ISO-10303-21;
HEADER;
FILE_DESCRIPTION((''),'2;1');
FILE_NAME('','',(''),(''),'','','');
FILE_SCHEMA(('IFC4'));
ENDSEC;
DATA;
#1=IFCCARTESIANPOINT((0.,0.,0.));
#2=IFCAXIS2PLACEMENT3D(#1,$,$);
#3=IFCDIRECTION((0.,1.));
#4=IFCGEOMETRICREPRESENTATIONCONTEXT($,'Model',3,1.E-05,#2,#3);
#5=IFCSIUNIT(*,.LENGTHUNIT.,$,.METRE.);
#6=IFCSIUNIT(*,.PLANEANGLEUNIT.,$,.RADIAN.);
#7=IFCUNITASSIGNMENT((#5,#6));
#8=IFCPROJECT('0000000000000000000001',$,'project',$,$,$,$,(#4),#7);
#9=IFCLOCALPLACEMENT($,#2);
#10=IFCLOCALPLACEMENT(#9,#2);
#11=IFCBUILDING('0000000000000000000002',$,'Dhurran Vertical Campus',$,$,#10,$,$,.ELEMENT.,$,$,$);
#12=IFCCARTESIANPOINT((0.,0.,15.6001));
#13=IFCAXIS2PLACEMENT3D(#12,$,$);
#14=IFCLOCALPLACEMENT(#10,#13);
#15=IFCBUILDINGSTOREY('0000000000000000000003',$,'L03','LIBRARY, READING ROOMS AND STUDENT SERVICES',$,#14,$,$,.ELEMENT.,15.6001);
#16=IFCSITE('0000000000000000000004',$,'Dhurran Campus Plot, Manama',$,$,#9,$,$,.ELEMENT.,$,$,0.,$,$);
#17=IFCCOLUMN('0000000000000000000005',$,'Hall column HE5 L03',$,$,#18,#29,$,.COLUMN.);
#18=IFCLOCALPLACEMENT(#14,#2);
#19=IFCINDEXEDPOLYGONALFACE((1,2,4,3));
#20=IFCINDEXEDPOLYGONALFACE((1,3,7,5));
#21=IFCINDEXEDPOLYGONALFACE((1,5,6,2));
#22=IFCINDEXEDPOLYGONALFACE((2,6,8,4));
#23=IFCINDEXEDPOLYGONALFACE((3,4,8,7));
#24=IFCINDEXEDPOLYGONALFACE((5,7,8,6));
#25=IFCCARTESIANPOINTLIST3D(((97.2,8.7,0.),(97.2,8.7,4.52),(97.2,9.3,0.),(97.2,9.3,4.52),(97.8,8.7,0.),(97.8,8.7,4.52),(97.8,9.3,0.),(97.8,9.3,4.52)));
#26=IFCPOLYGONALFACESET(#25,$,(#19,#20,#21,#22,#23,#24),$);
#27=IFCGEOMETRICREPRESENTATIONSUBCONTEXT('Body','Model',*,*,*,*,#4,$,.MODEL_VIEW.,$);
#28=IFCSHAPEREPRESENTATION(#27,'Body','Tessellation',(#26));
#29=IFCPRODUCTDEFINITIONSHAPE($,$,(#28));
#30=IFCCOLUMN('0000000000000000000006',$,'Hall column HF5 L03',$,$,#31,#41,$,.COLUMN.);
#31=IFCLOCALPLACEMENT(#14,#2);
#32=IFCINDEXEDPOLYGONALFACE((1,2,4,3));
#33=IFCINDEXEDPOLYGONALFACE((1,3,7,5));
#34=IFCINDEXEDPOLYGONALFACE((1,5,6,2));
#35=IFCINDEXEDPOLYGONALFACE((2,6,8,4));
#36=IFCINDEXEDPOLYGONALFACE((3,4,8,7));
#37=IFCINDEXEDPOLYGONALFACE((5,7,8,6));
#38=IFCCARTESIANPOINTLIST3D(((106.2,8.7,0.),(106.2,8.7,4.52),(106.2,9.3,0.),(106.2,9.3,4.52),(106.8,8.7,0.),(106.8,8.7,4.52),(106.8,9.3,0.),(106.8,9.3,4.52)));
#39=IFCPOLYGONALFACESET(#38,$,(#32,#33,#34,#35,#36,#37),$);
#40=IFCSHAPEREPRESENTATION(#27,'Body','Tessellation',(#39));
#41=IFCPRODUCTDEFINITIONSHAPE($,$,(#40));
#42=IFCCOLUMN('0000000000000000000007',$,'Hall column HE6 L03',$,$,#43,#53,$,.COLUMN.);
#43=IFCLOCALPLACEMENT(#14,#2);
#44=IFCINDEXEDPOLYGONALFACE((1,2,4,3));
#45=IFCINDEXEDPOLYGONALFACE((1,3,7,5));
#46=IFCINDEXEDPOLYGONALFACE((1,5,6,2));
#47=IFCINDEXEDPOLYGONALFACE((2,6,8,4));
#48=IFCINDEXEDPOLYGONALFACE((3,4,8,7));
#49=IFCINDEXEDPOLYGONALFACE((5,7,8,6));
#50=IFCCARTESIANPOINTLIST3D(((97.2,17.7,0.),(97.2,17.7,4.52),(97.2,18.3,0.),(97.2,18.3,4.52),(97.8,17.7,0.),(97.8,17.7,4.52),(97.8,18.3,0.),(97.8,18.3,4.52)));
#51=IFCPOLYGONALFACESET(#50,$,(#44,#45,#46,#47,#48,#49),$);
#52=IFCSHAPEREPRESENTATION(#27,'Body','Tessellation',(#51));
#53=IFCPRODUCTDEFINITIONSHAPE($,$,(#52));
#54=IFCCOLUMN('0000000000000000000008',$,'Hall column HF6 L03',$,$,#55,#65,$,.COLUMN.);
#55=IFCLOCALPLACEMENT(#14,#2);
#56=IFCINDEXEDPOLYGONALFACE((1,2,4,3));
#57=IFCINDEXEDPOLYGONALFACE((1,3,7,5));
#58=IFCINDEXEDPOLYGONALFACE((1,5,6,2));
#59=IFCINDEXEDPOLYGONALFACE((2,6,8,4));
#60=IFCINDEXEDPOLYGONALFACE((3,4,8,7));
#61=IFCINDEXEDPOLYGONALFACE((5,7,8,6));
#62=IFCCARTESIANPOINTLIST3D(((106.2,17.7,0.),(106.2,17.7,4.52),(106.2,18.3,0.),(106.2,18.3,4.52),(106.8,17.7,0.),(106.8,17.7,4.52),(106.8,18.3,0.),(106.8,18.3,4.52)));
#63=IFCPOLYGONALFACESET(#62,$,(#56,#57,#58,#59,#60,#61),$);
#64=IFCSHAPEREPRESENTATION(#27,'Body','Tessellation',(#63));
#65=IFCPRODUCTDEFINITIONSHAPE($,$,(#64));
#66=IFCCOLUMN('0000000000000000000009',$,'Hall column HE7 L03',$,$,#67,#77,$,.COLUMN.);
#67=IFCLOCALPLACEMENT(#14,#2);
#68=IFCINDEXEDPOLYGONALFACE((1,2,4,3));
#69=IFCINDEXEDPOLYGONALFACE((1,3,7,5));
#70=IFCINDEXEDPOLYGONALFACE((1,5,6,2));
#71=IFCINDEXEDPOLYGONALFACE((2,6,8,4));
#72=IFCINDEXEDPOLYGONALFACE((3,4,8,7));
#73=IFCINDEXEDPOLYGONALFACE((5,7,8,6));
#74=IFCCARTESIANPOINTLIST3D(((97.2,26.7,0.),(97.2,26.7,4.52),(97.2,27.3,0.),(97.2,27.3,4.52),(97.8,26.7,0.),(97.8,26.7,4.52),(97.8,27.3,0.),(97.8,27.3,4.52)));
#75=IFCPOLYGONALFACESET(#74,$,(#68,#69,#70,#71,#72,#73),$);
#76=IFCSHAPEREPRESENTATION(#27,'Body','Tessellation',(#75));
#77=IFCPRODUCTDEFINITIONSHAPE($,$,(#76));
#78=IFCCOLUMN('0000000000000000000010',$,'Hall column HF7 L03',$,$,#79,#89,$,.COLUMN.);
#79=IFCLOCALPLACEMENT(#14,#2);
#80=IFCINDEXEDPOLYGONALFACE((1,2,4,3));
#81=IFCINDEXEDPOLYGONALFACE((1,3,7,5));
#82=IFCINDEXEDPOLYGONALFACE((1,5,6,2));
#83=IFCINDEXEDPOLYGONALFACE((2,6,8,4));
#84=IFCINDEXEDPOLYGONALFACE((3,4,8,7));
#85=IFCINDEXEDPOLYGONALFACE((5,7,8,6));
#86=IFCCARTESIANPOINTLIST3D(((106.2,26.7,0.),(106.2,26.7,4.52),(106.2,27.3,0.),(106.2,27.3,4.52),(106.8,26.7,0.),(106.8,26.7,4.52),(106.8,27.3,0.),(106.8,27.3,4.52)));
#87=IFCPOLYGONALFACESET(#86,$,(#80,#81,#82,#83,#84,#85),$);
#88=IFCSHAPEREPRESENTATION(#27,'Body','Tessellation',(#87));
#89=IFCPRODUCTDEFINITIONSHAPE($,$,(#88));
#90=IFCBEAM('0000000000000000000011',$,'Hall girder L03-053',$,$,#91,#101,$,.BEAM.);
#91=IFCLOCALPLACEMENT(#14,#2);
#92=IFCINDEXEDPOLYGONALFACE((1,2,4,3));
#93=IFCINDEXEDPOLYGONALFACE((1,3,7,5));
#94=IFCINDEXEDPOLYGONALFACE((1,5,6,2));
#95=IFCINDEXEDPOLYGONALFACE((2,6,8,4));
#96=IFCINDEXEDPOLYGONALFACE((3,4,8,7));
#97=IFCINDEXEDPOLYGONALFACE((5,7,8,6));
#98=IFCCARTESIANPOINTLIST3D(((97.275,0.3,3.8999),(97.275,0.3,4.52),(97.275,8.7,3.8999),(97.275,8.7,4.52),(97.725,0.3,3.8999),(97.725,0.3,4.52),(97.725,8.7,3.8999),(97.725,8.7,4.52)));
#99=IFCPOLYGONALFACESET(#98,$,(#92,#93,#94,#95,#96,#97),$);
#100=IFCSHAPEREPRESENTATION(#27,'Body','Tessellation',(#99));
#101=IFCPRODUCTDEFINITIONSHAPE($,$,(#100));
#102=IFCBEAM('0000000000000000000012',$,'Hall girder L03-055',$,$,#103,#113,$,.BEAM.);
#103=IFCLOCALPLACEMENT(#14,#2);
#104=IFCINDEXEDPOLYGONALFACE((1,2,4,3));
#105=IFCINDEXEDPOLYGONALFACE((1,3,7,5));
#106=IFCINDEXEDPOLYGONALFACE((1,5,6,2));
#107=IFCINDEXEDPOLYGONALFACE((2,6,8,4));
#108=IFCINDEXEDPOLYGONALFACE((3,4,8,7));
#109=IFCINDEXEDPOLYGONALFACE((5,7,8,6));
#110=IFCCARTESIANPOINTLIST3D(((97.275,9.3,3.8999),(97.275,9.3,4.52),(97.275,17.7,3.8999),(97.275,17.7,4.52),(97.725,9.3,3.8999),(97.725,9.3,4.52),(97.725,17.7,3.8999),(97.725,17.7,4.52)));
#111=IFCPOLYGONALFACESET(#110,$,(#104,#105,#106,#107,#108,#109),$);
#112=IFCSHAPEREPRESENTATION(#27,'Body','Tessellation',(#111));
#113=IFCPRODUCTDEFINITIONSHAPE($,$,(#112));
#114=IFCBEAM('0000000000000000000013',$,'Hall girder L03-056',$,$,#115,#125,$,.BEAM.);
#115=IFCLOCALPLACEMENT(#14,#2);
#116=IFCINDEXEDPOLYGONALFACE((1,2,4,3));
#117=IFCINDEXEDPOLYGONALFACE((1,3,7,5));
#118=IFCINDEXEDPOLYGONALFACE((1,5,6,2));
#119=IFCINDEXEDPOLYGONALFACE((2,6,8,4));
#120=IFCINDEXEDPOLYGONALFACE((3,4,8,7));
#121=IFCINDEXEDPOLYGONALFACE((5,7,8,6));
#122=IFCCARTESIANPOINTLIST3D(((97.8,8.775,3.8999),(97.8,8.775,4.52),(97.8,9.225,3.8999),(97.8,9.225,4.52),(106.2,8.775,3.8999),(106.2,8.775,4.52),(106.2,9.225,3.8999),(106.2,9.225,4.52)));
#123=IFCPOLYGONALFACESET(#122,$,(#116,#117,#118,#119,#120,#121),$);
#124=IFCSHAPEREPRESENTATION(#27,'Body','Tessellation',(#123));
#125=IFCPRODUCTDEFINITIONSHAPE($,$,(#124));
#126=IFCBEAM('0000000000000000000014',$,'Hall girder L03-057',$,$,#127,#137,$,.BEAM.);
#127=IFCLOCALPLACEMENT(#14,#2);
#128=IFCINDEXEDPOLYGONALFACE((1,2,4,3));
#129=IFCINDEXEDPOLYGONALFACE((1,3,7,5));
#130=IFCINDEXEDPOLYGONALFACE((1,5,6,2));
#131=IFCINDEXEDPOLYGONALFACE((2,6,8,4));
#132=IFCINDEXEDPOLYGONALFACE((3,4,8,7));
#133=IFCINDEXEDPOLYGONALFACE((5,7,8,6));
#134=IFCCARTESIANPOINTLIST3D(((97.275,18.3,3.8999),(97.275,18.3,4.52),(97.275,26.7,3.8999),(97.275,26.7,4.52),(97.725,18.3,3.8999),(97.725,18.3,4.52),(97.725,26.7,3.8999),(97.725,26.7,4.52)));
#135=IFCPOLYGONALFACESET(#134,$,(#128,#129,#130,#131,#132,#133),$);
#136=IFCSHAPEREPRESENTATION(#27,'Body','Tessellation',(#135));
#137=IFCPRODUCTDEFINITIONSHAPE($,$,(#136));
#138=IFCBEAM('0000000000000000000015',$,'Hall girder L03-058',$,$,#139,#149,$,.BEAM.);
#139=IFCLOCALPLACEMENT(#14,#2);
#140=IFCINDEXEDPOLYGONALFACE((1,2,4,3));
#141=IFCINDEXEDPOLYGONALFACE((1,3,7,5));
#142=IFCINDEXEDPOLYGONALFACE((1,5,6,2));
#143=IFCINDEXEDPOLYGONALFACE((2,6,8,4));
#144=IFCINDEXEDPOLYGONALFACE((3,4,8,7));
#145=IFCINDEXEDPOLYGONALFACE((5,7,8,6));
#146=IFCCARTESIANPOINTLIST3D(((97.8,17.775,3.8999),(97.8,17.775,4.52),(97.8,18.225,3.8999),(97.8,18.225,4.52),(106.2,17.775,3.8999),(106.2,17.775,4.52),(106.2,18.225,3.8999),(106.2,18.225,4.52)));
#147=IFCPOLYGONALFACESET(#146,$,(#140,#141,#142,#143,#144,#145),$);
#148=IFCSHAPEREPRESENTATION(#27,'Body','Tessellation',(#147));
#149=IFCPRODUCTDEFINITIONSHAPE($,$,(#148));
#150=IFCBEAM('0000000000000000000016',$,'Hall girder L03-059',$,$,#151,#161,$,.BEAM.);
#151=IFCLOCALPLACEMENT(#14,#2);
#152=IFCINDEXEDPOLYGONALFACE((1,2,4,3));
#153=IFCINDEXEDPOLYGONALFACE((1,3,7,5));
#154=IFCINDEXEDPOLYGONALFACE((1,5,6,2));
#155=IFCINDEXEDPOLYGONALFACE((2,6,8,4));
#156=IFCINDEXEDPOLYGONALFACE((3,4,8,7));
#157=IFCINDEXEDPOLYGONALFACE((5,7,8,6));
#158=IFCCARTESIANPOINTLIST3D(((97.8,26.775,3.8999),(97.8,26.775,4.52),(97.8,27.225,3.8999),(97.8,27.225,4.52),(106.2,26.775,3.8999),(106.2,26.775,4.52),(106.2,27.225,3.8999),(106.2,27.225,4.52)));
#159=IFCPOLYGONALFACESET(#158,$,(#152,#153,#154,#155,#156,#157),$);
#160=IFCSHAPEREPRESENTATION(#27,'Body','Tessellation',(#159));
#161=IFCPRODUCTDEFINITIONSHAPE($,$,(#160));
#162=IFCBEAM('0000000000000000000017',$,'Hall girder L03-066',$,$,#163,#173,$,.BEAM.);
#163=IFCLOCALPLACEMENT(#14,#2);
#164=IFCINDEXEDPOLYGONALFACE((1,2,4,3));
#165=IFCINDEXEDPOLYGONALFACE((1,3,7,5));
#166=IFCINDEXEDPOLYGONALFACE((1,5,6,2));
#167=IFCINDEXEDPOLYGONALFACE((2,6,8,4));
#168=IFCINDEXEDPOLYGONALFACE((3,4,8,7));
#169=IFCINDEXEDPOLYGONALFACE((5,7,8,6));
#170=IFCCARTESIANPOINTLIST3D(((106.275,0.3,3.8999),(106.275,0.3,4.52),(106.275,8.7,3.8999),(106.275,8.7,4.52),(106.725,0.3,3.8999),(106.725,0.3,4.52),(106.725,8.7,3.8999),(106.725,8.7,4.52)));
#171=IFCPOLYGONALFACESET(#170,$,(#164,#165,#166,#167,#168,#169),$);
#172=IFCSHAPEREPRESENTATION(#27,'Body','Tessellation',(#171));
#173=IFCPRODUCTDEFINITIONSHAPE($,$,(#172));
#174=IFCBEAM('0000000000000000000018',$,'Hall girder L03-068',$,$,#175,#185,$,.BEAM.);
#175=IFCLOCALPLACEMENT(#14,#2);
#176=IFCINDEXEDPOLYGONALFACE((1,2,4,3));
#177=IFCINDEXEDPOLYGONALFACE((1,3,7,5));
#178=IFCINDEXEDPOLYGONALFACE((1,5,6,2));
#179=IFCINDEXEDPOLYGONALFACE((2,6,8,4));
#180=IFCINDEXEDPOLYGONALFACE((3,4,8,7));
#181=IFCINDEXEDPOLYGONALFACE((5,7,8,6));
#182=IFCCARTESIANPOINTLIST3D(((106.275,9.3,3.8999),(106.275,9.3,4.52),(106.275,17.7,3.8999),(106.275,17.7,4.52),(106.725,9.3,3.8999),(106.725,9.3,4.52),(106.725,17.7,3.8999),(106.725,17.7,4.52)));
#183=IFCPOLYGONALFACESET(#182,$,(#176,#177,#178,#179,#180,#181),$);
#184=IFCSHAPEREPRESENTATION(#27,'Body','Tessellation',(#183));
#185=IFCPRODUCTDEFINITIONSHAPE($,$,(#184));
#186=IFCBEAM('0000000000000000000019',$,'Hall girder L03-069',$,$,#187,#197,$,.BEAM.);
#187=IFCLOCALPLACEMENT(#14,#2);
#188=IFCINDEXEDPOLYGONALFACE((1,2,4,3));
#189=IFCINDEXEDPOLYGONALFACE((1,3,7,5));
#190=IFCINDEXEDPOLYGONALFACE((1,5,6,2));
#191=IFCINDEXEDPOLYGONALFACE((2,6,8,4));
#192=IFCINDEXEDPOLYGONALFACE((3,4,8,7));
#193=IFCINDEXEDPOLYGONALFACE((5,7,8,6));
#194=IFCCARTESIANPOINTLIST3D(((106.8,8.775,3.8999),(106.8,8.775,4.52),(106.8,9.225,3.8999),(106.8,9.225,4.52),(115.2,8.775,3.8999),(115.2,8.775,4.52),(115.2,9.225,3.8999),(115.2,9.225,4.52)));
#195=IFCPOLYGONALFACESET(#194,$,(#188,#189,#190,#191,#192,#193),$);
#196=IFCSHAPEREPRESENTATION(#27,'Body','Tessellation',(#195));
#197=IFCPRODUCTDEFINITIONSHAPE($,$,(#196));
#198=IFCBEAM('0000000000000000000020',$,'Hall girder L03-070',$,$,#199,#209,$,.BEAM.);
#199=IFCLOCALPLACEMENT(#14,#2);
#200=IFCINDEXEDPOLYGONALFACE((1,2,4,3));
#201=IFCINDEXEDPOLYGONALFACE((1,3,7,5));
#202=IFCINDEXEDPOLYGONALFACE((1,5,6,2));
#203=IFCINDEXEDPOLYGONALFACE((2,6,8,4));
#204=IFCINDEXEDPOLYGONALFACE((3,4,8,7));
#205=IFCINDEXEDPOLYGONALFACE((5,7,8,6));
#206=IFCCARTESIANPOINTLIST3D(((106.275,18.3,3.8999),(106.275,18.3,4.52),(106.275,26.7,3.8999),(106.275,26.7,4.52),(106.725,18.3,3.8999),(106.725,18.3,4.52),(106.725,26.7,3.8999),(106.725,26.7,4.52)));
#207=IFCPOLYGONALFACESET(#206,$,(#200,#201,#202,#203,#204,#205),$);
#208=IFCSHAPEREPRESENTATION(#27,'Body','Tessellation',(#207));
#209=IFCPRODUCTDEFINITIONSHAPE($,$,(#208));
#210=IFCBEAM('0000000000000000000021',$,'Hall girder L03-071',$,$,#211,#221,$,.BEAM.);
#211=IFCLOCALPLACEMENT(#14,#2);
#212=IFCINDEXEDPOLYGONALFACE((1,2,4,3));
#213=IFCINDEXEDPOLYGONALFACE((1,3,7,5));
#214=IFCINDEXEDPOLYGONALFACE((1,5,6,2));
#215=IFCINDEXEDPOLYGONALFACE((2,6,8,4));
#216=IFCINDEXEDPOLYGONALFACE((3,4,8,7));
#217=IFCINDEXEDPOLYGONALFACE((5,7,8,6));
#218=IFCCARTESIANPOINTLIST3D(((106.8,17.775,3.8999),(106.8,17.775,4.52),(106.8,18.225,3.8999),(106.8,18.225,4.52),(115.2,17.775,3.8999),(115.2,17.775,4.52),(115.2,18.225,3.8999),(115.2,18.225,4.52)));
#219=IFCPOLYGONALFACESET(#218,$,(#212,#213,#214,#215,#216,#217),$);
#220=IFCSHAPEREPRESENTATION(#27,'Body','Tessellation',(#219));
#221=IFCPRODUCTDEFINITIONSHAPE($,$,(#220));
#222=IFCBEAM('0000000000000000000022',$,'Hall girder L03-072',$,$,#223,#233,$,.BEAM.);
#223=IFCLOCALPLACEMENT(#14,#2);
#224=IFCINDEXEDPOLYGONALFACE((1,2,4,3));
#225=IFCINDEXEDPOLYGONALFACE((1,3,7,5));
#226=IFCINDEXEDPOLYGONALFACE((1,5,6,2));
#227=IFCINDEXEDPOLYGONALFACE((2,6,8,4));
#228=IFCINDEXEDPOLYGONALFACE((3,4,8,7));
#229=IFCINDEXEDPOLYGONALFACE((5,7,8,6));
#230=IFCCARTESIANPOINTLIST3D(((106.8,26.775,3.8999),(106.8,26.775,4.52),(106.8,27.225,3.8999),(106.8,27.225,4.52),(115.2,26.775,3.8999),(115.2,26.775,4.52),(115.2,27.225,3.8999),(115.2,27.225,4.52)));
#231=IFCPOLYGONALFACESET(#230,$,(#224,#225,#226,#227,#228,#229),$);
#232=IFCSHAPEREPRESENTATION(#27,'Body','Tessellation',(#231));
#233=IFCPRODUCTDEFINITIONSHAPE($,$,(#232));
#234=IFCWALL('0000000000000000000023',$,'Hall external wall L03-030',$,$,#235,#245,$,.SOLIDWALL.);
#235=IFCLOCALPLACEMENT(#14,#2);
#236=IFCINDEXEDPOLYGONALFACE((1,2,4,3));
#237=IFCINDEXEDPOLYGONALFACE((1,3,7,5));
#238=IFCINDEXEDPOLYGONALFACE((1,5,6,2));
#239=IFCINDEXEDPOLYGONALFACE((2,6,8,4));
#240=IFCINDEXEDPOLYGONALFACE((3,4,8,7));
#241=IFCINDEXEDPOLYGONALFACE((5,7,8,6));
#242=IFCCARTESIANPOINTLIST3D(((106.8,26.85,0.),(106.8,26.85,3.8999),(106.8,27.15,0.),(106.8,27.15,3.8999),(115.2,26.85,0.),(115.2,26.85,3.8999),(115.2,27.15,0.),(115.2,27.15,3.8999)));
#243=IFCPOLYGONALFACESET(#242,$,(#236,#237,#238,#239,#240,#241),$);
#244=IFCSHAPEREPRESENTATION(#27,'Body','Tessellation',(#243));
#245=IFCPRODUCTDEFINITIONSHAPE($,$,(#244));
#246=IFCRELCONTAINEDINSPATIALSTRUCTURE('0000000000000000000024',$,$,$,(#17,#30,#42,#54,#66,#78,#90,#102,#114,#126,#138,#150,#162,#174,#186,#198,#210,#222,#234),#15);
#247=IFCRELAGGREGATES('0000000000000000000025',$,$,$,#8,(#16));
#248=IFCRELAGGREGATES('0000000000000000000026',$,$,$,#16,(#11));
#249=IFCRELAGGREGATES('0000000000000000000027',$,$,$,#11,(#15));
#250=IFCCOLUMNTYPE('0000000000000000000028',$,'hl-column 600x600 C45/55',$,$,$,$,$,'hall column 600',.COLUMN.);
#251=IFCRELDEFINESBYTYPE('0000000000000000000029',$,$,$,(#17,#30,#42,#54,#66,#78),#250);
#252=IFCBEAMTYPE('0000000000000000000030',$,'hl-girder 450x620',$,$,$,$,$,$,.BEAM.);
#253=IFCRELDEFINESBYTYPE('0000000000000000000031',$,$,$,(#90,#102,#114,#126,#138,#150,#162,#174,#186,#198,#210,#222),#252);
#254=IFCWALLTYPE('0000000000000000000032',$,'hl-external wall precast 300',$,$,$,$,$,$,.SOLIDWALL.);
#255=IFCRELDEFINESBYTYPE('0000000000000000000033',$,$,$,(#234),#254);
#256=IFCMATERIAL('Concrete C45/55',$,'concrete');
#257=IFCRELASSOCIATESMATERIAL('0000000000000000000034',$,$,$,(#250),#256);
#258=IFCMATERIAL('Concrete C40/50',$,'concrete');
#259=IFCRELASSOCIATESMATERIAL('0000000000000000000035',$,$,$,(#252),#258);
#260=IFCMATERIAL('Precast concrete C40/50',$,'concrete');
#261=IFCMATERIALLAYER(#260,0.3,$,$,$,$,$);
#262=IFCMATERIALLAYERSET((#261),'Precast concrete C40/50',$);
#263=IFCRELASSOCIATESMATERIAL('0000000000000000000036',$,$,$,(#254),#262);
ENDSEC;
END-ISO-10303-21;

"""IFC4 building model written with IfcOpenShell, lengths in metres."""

from ifc_helpers import new_model, si_unit, direction, frame, frame_2d, origin, origin_2d, place, context, subcontext, project, spatial, rectangle, extrude, material, layer, layer_set, material_profile, profile_set, type_object, element, save


model = new_model("IFC4")

# Units and contexts
model_context = context("Model", 3, precision=1e-05, world=origin(), true_north=direction((0.0, 1.0)))
body_context = subcontext(model_context, "Body", "Model", "MODEL_VIEW")
ifc_project = project(units=[si_unit("LENGTHUNIT", "METRE"), si_unit("PLANEANGLEUNIT", "RADIAN")], contexts=[model_context])

# Site, building, storey
site_placement = place(None, origin())
site = spatial("IfcSite", under=ifc_project, at=site_placement, Name="Dhurran Campus Plot, Manama", CompositionType="ELEMENT", RefElevation=0.0)
building_placement = place(site_placement, origin())
building = spatial("IfcBuilding", under=site, at=building_placement, Name="Dhurran Vertical Campus", CompositionType="ELEMENT")
storey_placement = place(building_placement, frame((0.0, 0.0, 15.6001)))
storey = spatial("IfcBuildingStorey", under=building, at=storey_placement, Name="L03", Description="LIBRARY, READING ROOMS AND STUDENT SERVICES", CompositionType="ELEMENT", Elevation=15.6001)

# Columns
ifc_material_1 = material(Name="Concrete C45/55", Category="concrete")
ifc_material_profile_1 = material_profile(ifc_material_1, rectangle(XDim=0.6001, YDim=0.6001, at=origin_2d()), Name="hl-column 600x600 C45/55")
ifc_profile_set_1 = profile_set([ifc_material_profile_1], Name="Concrete C45/55")
column_type = type_object("IfcColumnType", Name="hl-column 600x600 C45/55", ElementType="hall column 600", PredefinedType="COLUMN", material=ifc_profile_set_1)
for number, where, z_axis, x_axis, name in (
    (1, (97.5, 9.0, 0.0), (0.0, 0.0, 1.0), (1.0, 0.0, 0.0), "Hall column HE5 L03"),
    (2, (106.5, 9.0, 0.0), (0.0, 0.0, 1.0), (1.0, 0.0, 0.0), "Hall column HF5 L03"),
    (3, (97.5, 18.0, 0.0), (0.0, 0.0, 1.0), (1.0, 0.0, 0.0), "Hall column HE6 L03"),
    (4, (106.5, 18.0, 0.0), (0.0, 0.0, 1.0), (1.0, 0.0, 0.0), "Hall column HF6 L03"),
    (5, (97.5, 27.0, 0.0), (0.0, 0.0, 1.0), (1.0, 0.0, 0.0), "Hall column HE7 L03"),
    (6, (106.5, 27.0, 0.0), (0.0, 0.0, 1.0), (1.0, 0.0, 0.0), "Hall column HF7 L03"),
):
    element("IfcColumn", number, at=place(storey_placement, frame(where, z_axis=z_axis, x_axis=x_axis)), inside=storey, type_object=column_type, Name=name, PredefinedType="COLUMN", context=body_context, shape_type="SweptSolid", body=[
        extrude(rectangle(XDim=0.6001, YDim=0.6001, at=origin_2d()), origin(), (0.0, 0.0, 1.0), 4.52),
    ])

# Beams
ifc_material_2 = material(Name="Concrete C40/50", Category="concrete")
ifc_material_profile_2 = material_profile(ifc_material_2, rectangle(XDim=0.45, YDim=0.6201, at=origin_2d()), Name="hl-girder 450x620")
ifc_profile_set_2 = profile_set([ifc_material_profile_2], Name="Concrete C40/50")
beam_type = type_object("IfcBeamType", Name="hl-girder 450x620", PredefinedType="BEAM", material=ifc_profile_set_2)
for number, where, z_axis, x_axis, name in (
    (7, (97.5, 0.3, 4.21), (0.0, 1.0, 0.0), (-1.0, 0.0, 0.0), "Hall girder L03-053"),
    (8, (97.5, 9.3, 4.21), (0.0, 1.0, 0.0), (-1.0, 0.0, 0.0), "Hall girder L03-055"),
    (9, (97.8, 9.0, 4.21), (1.0, 0.0, 0.0), (0.0, 1.0, 0.0), "Hall girder L03-056"),
    (10, (97.5, 18.3, 4.21), (0.0, 1.0, 0.0), (-1.0, 0.0, 0.0), "Hall girder L03-057"),
    (11, (97.8, 18.0, 4.21), (1.0, 0.0, 0.0), (0.0, 1.0, 0.0), "Hall girder L03-058"),
    (12, (97.8, 27.0, 4.21), (1.0, 0.0, 0.0), (0.0, 1.0, 0.0), "Hall girder L03-059"),
    (13, (106.5, 0.3, 4.21), (0.0, 1.0, 0.0), (-1.0, 0.0, 0.0), "Hall girder L03-066"),
    (14, (106.5, 9.3, 4.21), (0.0, 1.0, 0.0), (-1.0, 0.0, 0.0), "Hall girder L03-068"),
    (15, (106.8, 9.0, 4.21), (1.0, 0.0, 0.0), (0.0, 1.0, 0.0), "Hall girder L03-069"),
    (16, (106.5, 18.3, 4.21), (0.0, 1.0, 0.0), (-1.0, 0.0, 0.0), "Hall girder L03-070"),
    (17, (106.8, 18.0, 4.21), (1.0, 0.0, 0.0), (0.0, 1.0, 0.0), "Hall girder L03-071"),
    (18, (106.8, 27.0, 4.21), (1.0, 0.0, 0.0), (0.0, 1.0, 0.0), "Hall girder L03-072"),
):
    element("IfcBeam", number, at=place(storey_placement, frame(where, z_axis=z_axis, x_axis=x_axis)), inside=storey, type_object=beam_type, Name=name, PredefinedType="BEAM", context=body_context, shape_type="SweptSolid", body=[
        extrude(rectangle(XDim=0.45, YDim=0.6201, at=origin_2d()), origin(), (0.0, 0.0, 1.0), 8.3999),
    ])

# Wall
ifc_material_3 = material(Name="Precast concrete C40/50", Category="concrete")
ifc_layer_1 = layer(ifc_material_3, 0.3)
ifc_layer_set_1 = layer_set([ifc_layer_1], Name="Precast concrete C40/50")
wall_type_1 = type_object("IfcWallType", Name="hl-external wall precast 300", PredefinedType="SOLIDWALL", material=ifc_layer_set_1)
for number, where, z_axis, x_axis, name in (
    (19, (115.2, 27.0, 0.0), (0.0, 0.0, 1.0), (-1.0, 0.0, 0.0), "Hall external wall L03-030"),
):
    element("IfcWall", number, at=place(storey_placement, frame(where, z_axis=z_axis, x_axis=x_axis)), inside=storey, type_object=wall_type_1, Name=name, PredefinedType="SOLIDWALL", context=body_context, shape_type="SweptSolid", body=[
        extrude(rectangle(XDim=8.3999, YDim=0.3, at=frame_2d((4.2, 0.0))), origin(), (0.0, 0.0, 1.0), 3.8999),
    ])

save(model, "model.ifc")
